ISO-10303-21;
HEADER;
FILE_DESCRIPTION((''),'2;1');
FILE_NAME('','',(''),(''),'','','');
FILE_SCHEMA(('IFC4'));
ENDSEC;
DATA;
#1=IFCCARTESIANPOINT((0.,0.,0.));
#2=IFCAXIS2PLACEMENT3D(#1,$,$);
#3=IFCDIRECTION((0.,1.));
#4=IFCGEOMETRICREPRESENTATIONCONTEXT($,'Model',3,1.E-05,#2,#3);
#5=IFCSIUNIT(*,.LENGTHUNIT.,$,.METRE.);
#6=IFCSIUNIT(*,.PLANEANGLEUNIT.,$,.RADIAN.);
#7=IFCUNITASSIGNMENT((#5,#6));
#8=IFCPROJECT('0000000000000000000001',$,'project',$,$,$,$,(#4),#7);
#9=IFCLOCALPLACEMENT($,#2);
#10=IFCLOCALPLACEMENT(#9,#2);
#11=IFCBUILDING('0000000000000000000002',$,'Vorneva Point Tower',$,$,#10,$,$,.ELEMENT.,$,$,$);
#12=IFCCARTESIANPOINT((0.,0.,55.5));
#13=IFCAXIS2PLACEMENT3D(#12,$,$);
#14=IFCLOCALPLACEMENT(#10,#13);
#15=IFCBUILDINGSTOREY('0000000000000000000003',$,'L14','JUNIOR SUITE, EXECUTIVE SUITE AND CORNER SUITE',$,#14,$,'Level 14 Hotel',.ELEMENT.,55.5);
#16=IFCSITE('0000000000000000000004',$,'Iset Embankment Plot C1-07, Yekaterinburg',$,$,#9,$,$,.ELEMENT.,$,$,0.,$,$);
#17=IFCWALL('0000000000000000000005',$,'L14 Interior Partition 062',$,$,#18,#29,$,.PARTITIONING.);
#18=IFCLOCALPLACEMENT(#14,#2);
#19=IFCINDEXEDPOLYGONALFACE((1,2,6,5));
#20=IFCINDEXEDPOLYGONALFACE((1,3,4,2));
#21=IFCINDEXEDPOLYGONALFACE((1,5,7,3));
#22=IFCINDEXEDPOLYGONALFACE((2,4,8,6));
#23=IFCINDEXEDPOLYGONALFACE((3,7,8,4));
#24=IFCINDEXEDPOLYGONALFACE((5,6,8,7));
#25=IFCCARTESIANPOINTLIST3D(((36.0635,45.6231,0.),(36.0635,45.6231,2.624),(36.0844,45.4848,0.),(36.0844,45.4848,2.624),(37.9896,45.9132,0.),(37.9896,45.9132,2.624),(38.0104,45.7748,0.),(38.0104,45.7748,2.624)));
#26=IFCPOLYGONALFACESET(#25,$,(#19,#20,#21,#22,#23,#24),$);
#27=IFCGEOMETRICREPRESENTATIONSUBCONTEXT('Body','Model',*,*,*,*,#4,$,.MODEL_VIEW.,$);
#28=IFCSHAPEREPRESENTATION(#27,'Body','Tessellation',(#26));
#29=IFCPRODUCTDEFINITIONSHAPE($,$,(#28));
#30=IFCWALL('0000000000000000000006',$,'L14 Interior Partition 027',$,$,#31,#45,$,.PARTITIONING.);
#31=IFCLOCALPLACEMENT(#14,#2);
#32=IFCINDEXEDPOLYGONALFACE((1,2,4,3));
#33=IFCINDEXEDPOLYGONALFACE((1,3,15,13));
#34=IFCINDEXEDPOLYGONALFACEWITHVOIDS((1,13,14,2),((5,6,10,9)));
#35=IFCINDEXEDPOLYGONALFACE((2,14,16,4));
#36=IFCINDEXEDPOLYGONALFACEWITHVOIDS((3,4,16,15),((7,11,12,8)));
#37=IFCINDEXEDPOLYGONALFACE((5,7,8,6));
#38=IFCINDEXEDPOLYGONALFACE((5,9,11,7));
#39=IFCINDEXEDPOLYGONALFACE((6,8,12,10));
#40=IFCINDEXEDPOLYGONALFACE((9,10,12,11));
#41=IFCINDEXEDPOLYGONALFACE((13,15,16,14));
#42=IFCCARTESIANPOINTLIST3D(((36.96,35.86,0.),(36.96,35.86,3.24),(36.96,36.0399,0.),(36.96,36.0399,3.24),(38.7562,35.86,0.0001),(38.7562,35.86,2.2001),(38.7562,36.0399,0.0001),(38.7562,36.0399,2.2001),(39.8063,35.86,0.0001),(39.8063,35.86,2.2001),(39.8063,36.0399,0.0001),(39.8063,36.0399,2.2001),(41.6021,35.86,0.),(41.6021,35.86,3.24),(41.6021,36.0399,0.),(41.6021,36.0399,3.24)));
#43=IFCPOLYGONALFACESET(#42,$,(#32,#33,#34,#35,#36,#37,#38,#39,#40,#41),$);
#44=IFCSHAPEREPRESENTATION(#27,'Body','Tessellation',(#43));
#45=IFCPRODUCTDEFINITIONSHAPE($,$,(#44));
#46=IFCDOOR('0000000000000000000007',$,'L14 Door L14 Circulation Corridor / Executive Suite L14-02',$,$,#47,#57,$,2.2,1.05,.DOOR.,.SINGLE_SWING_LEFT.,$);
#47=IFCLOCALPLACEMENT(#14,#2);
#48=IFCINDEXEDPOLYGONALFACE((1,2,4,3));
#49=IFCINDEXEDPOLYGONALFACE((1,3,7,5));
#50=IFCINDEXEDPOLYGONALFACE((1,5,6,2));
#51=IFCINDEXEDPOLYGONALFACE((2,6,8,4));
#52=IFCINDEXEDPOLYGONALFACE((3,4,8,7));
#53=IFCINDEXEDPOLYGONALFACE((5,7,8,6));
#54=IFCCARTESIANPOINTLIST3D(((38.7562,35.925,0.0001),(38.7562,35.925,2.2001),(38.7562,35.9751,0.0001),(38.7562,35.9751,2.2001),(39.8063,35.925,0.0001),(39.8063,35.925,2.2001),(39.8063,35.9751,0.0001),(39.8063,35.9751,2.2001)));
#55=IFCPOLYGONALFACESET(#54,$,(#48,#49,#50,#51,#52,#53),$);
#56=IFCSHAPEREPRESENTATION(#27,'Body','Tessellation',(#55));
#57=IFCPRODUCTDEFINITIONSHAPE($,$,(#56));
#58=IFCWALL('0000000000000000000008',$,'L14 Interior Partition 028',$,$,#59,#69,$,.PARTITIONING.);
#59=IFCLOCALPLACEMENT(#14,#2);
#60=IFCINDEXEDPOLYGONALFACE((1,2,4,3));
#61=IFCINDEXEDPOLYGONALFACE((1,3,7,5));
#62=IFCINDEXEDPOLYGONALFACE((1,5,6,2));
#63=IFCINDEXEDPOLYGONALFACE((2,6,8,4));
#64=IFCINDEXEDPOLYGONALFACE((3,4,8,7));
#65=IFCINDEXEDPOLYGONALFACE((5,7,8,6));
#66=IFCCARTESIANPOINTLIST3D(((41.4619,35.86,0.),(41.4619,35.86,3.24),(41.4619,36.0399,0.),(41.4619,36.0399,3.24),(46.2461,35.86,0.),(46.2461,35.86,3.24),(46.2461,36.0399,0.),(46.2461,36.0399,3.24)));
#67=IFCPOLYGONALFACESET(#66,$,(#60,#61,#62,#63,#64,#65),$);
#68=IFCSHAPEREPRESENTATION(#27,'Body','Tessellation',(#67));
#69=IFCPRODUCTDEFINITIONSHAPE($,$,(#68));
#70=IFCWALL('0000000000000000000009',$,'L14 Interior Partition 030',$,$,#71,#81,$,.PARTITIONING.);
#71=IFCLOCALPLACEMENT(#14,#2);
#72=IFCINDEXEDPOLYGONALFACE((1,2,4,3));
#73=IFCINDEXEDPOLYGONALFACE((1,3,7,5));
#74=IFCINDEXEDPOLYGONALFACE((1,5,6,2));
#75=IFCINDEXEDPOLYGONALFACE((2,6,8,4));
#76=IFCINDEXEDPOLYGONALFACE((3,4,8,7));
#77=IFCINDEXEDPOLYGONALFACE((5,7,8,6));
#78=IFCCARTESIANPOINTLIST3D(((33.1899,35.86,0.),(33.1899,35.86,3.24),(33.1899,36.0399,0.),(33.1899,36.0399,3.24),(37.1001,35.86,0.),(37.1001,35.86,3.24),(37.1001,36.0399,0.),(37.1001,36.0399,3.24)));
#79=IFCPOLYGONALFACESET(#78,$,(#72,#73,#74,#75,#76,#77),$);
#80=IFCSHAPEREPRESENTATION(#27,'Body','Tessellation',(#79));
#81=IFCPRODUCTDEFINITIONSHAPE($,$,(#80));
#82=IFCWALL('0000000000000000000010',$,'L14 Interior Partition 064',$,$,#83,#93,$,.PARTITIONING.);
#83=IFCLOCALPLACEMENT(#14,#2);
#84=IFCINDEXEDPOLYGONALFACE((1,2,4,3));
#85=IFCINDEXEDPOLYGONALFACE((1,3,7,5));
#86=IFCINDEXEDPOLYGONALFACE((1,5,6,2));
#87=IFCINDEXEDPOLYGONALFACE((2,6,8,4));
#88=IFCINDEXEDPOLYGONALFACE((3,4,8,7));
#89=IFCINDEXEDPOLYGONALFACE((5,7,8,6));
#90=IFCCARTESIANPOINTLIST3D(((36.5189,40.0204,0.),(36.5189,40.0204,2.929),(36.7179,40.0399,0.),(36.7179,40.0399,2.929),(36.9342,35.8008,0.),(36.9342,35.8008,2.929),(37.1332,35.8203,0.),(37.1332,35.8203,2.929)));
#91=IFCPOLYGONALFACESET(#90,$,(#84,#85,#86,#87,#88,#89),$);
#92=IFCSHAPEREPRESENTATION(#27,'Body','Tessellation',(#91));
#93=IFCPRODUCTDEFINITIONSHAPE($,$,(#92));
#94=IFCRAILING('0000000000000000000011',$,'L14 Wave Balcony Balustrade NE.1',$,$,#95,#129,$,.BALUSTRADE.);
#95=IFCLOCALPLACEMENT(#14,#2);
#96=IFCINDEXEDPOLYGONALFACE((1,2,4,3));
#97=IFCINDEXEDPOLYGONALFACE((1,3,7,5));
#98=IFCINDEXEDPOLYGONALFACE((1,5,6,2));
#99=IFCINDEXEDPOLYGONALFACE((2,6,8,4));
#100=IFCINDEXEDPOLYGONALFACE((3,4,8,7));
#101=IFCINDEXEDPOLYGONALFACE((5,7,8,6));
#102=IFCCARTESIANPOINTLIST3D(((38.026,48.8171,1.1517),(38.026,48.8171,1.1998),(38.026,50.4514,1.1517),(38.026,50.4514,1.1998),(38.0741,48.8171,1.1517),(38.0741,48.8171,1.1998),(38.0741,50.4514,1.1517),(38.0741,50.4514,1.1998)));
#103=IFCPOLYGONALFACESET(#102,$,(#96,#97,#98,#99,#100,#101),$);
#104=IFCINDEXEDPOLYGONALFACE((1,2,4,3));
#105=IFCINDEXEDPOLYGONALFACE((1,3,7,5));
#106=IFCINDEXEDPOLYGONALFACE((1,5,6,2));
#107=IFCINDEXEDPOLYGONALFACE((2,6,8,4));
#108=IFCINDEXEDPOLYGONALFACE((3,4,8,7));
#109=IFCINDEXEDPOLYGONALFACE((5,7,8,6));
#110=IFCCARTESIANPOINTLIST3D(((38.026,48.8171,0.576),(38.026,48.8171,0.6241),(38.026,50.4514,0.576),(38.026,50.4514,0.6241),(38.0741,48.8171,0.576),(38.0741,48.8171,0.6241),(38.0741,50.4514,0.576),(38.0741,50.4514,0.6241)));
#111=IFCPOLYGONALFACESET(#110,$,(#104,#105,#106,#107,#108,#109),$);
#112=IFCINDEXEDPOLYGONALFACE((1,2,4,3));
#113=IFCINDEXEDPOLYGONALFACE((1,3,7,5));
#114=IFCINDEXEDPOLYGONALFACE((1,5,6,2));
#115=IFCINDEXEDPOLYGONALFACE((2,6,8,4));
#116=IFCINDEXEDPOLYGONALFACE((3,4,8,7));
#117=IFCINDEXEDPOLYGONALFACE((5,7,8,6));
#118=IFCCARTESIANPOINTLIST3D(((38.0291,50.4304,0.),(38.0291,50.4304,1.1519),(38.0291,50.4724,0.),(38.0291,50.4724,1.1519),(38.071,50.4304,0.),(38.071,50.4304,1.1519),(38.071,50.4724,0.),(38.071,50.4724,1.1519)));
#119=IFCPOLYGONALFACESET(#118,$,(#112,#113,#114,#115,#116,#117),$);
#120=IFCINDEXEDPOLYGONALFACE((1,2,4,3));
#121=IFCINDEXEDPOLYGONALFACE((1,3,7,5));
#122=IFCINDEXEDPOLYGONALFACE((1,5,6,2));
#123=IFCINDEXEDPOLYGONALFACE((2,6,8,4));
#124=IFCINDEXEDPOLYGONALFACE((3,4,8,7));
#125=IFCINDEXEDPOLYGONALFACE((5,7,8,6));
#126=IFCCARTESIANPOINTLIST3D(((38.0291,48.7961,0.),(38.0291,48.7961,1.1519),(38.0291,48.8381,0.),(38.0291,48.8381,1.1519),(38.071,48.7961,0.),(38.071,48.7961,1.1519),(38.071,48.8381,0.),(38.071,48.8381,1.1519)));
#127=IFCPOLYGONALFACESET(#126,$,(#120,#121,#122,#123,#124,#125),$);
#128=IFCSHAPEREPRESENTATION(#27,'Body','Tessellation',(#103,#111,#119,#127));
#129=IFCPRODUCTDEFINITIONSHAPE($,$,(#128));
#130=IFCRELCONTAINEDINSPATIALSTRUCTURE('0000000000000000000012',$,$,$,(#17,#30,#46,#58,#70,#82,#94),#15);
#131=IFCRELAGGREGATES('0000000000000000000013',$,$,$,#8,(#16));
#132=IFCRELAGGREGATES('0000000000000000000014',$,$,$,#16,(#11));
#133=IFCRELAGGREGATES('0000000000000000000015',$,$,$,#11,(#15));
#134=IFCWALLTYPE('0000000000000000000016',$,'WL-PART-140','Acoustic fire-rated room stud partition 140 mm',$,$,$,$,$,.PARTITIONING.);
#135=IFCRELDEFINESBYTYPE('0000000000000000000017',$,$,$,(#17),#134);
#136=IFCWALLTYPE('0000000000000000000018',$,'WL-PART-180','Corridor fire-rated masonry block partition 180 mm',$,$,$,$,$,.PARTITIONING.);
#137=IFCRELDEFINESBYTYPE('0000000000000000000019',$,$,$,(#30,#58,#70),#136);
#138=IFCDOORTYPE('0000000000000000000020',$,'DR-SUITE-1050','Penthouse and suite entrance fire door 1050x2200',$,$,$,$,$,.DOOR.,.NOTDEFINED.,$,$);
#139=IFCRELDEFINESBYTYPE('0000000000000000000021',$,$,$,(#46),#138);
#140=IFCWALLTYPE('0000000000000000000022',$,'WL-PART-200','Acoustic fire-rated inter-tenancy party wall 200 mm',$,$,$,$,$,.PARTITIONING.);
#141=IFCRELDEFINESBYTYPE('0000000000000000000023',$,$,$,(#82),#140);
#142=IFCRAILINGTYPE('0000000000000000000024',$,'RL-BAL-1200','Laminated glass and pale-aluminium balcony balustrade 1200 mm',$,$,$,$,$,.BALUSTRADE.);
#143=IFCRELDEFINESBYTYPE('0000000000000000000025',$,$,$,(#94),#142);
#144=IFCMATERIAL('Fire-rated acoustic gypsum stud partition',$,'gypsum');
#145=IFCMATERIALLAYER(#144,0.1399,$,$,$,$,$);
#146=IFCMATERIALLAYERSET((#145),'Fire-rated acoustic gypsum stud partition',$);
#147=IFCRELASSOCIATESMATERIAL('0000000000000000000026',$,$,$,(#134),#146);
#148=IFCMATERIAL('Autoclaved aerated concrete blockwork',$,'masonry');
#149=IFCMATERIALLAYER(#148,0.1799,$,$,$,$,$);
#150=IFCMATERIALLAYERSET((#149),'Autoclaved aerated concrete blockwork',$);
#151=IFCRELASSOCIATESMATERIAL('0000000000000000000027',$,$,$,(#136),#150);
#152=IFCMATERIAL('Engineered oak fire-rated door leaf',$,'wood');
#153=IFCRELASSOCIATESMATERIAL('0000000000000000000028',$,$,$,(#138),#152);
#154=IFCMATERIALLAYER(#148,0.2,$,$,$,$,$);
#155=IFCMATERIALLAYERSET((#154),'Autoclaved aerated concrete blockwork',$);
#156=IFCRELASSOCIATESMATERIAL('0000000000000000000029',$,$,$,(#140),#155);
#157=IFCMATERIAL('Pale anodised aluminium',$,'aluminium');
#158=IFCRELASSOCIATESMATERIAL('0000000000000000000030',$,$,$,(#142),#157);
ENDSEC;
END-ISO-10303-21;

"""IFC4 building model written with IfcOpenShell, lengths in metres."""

from ifc_helpers import new_model, si_unit, direction, frame, frame_2d, origin, origin_2d, place, context, subcontext, project, spatial, rectangle, extrude, material, layer, layer_set, type_object, element, fill, save


model = new_model("IFC4")

# Units and contexts
model_context = context("Model", 3, precision=1e-05, world=origin(), true_north=direction((0.0, 1.0)))
body_context = subcontext(model_context, "Body", "Model", "MODEL_VIEW")
ifc_project = project(units=[si_unit("LENGTHUNIT", "METRE"), si_unit("PLANEANGLEUNIT", "RADIAN")], contexts=[model_context])

# Site, building, storey
site_placement = place(None, origin())
site = spatial("IfcSite", under=ifc_project, at=site_placement, Name="Iset Embankment Plot C1-07, Yekaterinburg", CompositionType="ELEMENT", RefElevation=0.0)
building_placement = place(site_placement, origin())
building = spatial("IfcBuilding", under=site, at=building_placement, Name="Vorneva Point Tower", CompositionType="ELEMENT")
storey_placement = place(building_placement, frame((0.0, 0.0, 55.5)))
storey = spatial("IfcBuildingStorey", under=building, at=storey_placement, Name="L14", Description="JUNIOR SUITE, EXECUTIVE SUITE AND CORNER SUITE", LongName="Level 14 Hotel", CompositionType="ELEMENT", Elevation=55.5)

# Shared definitions
ifc_material_1 = material(Name="Pale anodised aluminium", Category="aluminium")

# Shared definitions
ifc_material_2 = material(Name="Fire-rated acoustic gypsum stud partition", Category="gypsum")
ifc_layer_1 = layer(ifc_material_2, 0.1399)
ifc_layer_set_1 = layer_set([ifc_layer_1], Name="Fire-rated acoustic gypsum stud partition")
wall_type_1 = type_object("IfcWallType", Name="WL-PART-140", Description="Acoustic fire-rated room stud partition 140 mm", PredefinedType="PARTITIONING", material=ifc_layer_set_1)

# Shared definitions
ifc_material_3 = material(Name="Engineered oak fire-rated door leaf", Category="wood")

# Wall
wall_1_placement = place(storey_placement, frame((38.0, 45.844, 0.0), z_axis=(0.0, 0.0, 1.0), x_axis=(-0.988851, -0.14891, 0.0)))
element("IfcWall", 1, at=wall_1_placement, inside=storey, type_object=wall_type_1, Name="L14 Interior Partition 062", PredefinedType="PARTITIONING", context=body_context, shape_type="SweptSolid", body=[
    extrude(rectangle(XDim=1.9478, YDim=0.1399, at=frame_2d((0.9739, 0.0))), origin(), (0.0, 0.0, 1.0), 2.624),
])

# Wall, opening, door
ifc_material_4 = material(Name="Autoclaved aerated concrete blockwork", Category="masonry")
ifc_layer_2 = layer(ifc_material_4, 0.1799)
ifc_layer_set_2 = layer_set([ifc_layer_2], Name="Autoclaved aerated concrete blockwork")
wall_type_2 = type_object("IfcWallType", Name="WL-PART-180", Description="Corridor fire-rated masonry block partition 180 mm", PredefinedType="PARTITIONING", material=ifc_layer_set_2)
wall_2_placement = place(storey_placement, frame((41.6021, 35.95, 0.0), z_axis=(0.0, 0.0, 1.0), x_axis=(-1.0, 0.0, 0.0)))
wall_2 = element("IfcWall", 2, at=wall_2_placement, inside=storey, type_object=wall_type_2, Name="L14 Interior Partition 027", PredefinedType="PARTITIONING", context=body_context, shape_type="SweptSolid", body=[
    extrude(rectangle(XDim=4.6421, YDim=0.1799, at=frame_2d((2.321, 0.0))), origin(), (0.0, 0.0, 1.0), 3.24),
])
opening_1_placement = place(wall_2_placement, frame((1.7959, 0.0, 0.0)))
opening_1 = element("IfcOpeningElement", 3, at=opening_1_placement, cuts=wall_2, PredefinedType="OPENING", context=body_context, shape_type="SweptSolid", body=[
    extrude(rectangle(XDim=1.05, YDim=2.2, at=frame_2d((0.5249, 1.1001))), frame((0.0, 0.105, 0.0), z_axis=(0.0, -1.0, 0.0), x_axis=(1.0, 0.0, 0.0)), (0.0, 0.0, 1.0), 0.2097),
])
door_type_1 = type_object("IfcDoorType", Name="DR-SUITE-1050", Description="Penthouse and suite entrance fire door 1050x2200", OperationType="NOTDEFINED", PredefinedType="DOOR", material=ifc_material_3)
door_1_placement = place(opening_1_placement, origin())
door_1 = element("IfcDoor", 4, at=door_1_placement, inside=storey, type_object=door_type_1, Name="L14 Door L14 Circulation Corridor / Executive Suite L14-02", OperationType="SINGLE_SWING_LEFT", OverallHeight=2.2, OverallWidth=1.05, PredefinedType="DOOR", context=body_context, shape_type="SweptSolid", body=[
    extrude(rectangle(XDim=1.05, YDim=2.2, at=frame_2d((0.5249, 1.1001))), frame((0.0, 0.0249, 0.0), z_axis=(0.0, -1.0, 0.0), x_axis=(1.0, 0.0, 0.0)), (0.0, 0.0, 1.0), 0.05),
])
fill(opening_1, door_1)

# Walls
wall_3_placement = place(storey_placement, frame((46.2461, 35.95, 0.0), z_axis=(0.0, 0.0, 1.0), x_axis=(-1.0, 0.0, 0.0)))
element("IfcWall", 5, at=wall_3_placement, inside=storey, type_object=wall_type_2, Name="L14 Interior Partition 028", PredefinedType="PARTITIONING", context=body_context, shape_type="SweptSolid", body=[
    extrude(rectangle(XDim=4.7842, YDim=0.1799, at=frame_2d((2.3921, 0.0))), origin(), (0.0, 0.0, 1.0), 3.24),
])
wall_4_placement = place(storey_placement, frame((37.1001, 35.95, 0.0), z_axis=(0.0, 0.0, 1.0), x_axis=(-1.0, 0.0, 0.0)))
element("IfcWall", 6, at=wall_4_placement, inside=storey, type_object=wall_type_2, Name="L14 Interior Partition 030", PredefinedType="PARTITIONING", context=body_context, shape_type="SweptSolid", body=[
    extrude(rectangle(XDim=3.9102, YDim=0.1799, at=frame_2d((1.9551, 0.0))), origin(), (0.0, 0.0, 1.0), 3.24),
])
ifc_layer_3 = layer(ifc_material_4, 0.2)
ifc_layer_set_3 = layer_set([ifc_layer_3], Name="Autoclaved aerated concrete blockwork")
wall_type_3 = type_object("IfcWallType", Name="WL-PART-200", Description="Acoustic fire-rated inter-tenancy party wall 200 mm", PredefinedType="PARTITIONING", material=ifc_layer_set_3)
wall_5_placement = place(storey_placement, frame((36.6184, 40.0303, 0.0), z_axis=(0.0, 0.0, 1.0), x_axis=(0.097947, -0.995192, 0.0)))
element("IfcWall", 7, at=wall_5_placement, inside=storey, type_object=wall_type_3, Name="L14 Interior Partition 064", PredefinedType="PARTITIONING", context=body_context, shape_type="SweptSolid", body=[
    extrude(rectangle(XDim=4.24, YDim=0.2, at=frame_2d((2.1201, 0.0))), origin(), (0.0, 0.0, 1.0), 2.929),
])

# Railing
railing_type = type_object("IfcRailingType", Name="RL-BAL-1200", Description="Laminated glass and pale-aluminium balcony balustrade 1200 mm", PredefinedType="BALUSTRADE", material=ifc_material_1)
railing_placement = place(storey_placement, frame((38.05, 50.4514, 0.0)))
element("IfcRailing", 8, at=railing_placement, inside=storey, type_object=railing_type, Name="L14 Wave Balcony Balustrade NE.1", PredefinedType="BALUSTRADE", context=body_context, shape_type="SweptSolid", body=[
    extrude(rectangle(XDim=0.0481, YDim=0.0481, at=origin_2d()), frame((0.0, 0.0, 1.1758), z_axis=(0.0, -1.0, 0.0), x_axis=(1.0, 0.0, 0.0)), (0.0, 0.0, 1.0), 1.6343),
    extrude(rectangle(XDim=0.0481, YDim=0.0481, at=origin_2d()), frame((0.0, 0.0, 0.6001), z_axis=(0.0, -1.0, 0.0), x_axis=(1.0, 0.0, 0.0)), (0.0, 0.0, 1.0), 1.6343),
    extrude(rectangle(XDim=0.042, YDim=0.042, at=origin_2d()), origin(), (0.0, 0.0, 1.0), 1.1519),
    extrude(rectangle(XDim=0.042, YDim=0.042, at=origin_2d()), frame((0.0, -1.6343, 0.0)), (0.0, 0.0, 1.0), 1.1519),
])

save(model, "model.ifc")
